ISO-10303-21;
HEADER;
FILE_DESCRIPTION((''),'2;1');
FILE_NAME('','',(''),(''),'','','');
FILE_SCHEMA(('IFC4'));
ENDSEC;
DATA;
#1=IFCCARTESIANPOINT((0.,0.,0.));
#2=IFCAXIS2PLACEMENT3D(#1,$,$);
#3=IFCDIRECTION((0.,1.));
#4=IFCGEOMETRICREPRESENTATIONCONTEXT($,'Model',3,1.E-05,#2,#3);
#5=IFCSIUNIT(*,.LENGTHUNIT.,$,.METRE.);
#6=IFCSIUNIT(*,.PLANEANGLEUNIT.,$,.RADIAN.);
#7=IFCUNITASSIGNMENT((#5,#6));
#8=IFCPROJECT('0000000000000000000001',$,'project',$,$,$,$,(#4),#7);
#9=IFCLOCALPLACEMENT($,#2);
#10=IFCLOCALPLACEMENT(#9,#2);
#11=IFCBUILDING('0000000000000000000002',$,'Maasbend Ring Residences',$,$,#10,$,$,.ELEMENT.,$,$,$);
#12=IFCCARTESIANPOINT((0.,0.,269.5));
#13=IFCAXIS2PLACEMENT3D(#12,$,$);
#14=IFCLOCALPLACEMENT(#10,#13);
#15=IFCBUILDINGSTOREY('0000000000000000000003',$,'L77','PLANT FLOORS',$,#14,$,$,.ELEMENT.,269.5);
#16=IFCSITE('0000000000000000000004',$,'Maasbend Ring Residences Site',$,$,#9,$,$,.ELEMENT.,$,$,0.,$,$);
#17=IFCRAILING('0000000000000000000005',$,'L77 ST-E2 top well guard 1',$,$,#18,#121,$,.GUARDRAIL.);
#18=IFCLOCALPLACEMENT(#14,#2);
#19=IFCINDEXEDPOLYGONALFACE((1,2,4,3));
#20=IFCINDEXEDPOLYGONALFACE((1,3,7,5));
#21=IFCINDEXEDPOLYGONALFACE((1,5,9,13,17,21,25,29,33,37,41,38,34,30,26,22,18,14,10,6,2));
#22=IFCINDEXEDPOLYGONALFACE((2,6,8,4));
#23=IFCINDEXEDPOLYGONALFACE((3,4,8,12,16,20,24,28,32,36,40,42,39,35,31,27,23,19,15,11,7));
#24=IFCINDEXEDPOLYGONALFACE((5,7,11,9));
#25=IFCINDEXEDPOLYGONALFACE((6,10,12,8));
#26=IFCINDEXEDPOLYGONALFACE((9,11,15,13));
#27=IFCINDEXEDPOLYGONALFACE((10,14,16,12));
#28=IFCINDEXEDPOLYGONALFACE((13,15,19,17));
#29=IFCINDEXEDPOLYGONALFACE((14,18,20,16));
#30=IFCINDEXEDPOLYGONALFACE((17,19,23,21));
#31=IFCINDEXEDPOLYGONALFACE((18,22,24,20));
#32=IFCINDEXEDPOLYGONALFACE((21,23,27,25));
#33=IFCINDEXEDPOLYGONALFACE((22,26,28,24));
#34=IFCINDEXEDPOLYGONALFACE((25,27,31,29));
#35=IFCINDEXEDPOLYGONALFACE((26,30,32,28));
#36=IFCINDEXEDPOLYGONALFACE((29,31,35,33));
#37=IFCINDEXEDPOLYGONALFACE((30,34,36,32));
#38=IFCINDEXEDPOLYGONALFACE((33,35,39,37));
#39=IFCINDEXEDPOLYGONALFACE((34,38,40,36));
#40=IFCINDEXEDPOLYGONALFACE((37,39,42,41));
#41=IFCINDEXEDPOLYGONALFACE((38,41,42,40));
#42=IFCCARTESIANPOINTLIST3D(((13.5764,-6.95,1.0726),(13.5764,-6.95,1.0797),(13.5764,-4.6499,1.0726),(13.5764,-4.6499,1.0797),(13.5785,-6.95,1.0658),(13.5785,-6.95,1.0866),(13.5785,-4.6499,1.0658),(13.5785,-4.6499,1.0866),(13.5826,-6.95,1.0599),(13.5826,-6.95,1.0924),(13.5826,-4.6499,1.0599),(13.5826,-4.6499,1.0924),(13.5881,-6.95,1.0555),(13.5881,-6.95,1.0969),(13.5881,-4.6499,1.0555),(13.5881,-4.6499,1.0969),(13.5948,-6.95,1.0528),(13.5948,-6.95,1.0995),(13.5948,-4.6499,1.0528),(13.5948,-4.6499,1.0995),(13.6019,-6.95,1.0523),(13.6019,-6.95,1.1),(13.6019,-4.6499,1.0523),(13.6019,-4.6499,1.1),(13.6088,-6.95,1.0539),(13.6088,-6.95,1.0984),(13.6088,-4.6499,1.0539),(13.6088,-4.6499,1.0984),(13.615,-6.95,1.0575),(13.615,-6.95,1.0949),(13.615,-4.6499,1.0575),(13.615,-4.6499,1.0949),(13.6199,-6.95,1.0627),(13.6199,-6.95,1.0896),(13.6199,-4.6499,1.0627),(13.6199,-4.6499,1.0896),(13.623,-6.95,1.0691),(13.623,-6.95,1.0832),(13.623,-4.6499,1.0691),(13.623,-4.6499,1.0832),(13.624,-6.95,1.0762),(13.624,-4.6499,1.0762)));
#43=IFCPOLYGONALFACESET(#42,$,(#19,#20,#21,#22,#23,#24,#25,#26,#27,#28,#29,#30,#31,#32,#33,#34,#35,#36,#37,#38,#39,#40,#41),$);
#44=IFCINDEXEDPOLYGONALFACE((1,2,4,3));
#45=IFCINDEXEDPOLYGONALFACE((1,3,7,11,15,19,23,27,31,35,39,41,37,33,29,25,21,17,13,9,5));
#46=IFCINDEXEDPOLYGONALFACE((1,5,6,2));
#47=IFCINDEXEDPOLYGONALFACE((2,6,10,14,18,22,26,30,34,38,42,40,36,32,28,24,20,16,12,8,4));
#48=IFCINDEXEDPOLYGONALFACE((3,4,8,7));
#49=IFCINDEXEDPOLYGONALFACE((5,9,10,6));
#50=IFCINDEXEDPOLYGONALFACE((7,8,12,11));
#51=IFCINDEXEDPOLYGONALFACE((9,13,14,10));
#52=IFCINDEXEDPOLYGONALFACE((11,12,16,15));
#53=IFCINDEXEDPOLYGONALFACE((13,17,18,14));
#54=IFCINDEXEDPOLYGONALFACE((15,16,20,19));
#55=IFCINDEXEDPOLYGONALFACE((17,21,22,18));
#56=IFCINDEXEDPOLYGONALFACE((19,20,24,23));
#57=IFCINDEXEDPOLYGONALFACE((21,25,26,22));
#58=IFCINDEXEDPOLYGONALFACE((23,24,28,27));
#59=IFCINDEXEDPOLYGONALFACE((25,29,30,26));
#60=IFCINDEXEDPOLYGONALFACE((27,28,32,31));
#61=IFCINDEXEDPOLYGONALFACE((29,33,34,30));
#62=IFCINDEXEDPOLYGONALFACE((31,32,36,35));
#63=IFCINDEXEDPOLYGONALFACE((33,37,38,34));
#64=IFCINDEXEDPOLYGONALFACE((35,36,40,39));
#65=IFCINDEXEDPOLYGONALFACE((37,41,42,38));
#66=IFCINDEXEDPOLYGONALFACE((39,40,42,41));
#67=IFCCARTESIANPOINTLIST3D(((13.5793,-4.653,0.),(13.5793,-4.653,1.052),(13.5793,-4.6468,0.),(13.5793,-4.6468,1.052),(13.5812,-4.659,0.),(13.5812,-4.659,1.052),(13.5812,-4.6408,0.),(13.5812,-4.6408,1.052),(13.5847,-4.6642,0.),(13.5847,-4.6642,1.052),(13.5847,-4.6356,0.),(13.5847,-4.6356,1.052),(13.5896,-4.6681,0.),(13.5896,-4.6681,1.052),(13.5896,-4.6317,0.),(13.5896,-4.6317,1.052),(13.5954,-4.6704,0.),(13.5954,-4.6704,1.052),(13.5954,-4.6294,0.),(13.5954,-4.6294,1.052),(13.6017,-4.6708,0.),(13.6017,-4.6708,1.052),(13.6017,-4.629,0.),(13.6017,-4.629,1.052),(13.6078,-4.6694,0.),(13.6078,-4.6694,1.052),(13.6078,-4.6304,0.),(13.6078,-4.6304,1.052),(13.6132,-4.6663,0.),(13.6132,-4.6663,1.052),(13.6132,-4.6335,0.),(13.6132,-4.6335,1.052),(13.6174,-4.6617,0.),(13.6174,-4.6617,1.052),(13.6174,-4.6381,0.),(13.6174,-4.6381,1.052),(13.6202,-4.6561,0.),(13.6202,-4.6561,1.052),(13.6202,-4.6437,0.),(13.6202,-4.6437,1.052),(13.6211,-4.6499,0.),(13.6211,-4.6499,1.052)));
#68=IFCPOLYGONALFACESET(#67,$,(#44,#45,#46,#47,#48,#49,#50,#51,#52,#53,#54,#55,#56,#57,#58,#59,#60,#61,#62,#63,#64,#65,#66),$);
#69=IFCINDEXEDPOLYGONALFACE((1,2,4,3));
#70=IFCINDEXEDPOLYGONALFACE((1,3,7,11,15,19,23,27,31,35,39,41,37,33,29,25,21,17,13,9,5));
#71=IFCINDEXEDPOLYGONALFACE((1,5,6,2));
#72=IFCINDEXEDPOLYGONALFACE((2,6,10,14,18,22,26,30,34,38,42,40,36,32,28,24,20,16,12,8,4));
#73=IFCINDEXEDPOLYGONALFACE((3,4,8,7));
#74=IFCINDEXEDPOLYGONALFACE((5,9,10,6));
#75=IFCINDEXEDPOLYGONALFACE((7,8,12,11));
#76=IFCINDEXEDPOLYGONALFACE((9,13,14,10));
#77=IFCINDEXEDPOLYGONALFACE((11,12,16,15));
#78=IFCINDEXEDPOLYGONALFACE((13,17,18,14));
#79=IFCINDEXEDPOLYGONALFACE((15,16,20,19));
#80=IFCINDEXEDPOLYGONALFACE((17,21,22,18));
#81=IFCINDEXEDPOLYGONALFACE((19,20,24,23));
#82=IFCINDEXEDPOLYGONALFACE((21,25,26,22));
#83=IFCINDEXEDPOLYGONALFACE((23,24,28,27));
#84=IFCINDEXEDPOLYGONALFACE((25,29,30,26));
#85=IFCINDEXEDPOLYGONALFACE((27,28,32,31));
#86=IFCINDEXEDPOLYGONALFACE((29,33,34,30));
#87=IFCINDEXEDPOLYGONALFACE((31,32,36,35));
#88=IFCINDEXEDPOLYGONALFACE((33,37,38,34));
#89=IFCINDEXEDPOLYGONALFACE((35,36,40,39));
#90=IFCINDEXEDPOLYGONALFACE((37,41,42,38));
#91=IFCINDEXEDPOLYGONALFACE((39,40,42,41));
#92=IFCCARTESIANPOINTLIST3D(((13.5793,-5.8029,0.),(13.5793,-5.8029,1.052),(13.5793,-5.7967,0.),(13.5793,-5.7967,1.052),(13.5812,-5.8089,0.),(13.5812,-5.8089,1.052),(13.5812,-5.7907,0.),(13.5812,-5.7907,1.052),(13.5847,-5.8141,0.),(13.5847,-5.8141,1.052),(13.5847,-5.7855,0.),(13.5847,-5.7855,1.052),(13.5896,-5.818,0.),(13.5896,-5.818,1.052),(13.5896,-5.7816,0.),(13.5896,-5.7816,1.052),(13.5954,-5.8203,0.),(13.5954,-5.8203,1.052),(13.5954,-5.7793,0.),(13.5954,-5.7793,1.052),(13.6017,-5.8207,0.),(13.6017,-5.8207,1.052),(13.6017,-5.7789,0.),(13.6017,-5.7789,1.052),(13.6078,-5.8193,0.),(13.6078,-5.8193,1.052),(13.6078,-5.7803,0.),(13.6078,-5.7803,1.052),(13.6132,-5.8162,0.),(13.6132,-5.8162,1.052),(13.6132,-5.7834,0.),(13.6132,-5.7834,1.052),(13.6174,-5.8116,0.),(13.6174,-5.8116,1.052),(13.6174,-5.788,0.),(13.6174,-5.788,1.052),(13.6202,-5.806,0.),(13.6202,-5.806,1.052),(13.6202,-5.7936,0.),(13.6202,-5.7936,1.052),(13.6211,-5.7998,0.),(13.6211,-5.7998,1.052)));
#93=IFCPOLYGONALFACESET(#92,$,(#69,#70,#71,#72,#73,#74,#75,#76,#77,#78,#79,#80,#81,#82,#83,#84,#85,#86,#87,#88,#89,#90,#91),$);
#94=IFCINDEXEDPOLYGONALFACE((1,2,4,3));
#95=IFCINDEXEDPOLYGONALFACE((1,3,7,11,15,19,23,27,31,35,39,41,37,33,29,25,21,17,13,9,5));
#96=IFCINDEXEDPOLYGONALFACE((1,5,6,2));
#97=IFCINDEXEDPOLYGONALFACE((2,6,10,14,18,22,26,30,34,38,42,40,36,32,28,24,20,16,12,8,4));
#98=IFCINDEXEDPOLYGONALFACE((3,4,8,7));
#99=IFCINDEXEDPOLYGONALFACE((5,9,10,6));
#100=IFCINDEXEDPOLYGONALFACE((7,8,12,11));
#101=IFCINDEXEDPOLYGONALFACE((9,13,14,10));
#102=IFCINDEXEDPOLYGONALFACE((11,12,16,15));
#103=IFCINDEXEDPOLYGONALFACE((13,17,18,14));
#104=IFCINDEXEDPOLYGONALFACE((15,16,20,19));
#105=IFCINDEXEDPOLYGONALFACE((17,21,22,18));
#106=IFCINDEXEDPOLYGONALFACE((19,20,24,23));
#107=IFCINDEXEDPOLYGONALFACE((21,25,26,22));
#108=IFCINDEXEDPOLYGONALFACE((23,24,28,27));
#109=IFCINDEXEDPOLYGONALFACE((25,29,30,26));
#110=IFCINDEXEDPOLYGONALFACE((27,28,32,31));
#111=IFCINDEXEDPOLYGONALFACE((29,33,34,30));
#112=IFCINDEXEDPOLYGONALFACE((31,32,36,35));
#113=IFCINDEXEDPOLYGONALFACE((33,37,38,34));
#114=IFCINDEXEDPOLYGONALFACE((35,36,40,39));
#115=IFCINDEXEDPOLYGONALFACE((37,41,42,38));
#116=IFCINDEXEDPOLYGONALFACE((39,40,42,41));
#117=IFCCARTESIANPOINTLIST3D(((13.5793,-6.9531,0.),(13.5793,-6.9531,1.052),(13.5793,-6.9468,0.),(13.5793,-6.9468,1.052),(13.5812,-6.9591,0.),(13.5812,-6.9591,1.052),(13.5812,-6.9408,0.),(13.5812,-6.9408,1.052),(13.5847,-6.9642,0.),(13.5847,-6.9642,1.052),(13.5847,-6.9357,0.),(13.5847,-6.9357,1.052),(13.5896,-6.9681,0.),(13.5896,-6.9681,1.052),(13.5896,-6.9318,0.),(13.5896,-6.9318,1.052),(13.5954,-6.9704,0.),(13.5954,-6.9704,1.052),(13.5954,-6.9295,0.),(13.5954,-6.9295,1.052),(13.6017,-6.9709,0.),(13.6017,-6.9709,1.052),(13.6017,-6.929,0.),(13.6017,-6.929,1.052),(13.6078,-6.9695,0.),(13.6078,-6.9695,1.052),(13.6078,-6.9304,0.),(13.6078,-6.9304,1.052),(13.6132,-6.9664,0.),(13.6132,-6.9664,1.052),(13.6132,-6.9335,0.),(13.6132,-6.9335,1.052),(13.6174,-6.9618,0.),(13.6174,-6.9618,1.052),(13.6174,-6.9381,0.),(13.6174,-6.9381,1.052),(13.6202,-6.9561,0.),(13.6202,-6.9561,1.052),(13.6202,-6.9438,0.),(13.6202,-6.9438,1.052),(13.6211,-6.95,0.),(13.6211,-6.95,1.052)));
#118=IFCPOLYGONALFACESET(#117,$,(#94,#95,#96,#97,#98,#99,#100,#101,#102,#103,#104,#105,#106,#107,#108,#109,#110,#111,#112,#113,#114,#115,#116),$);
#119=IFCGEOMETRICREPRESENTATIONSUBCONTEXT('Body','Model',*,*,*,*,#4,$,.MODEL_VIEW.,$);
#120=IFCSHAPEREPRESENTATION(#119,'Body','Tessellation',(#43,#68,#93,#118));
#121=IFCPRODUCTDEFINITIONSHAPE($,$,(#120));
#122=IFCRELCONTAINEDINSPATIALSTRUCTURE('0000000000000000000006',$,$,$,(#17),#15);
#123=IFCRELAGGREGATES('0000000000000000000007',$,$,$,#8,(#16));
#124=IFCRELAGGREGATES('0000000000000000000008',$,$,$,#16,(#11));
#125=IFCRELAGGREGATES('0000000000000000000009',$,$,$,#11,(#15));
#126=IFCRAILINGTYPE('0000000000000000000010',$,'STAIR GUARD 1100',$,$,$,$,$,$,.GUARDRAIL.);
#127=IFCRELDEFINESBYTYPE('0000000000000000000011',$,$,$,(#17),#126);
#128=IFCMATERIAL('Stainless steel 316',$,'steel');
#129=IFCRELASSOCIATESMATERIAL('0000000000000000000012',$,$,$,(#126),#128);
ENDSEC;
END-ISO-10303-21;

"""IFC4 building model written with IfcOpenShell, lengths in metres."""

from ifc_helpers import new_model, si_unit, direction, frame, origin, origin_2d, place, context, subcontext, project, spatial, circle, extrude, material, type_object, element, save


model = new_model("IFC4")

# Units and contexts
model_context = context("Model", 3, precision=1e-05, world=origin(), true_north=direction((0.0, 1.0)))
body_context = subcontext(model_context, "Body", "Model", "MODEL_VIEW")
ifc_project = project(units=[si_unit("LENGTHUNIT", "METRE"), si_unit("PLANEANGLEUNIT", "RADIAN")], contexts=[model_context])

# Site, building, storey
site_placement = place(None, origin())
site = spatial("IfcSite", under=ifc_project, at=site_placement, Name="Maasbend Ring Residences Site", CompositionType="ELEMENT", RefElevation=0.0)
building_placement = place(site_placement, origin())
building = spatial("IfcBuilding", under=site, at=building_placement, Name="Maasbend Ring Residences", CompositionType="ELEMENT")
storey_placement = place(building_placement, frame((0.0, 0.0, 269.5)))
storey = spatial("IfcBuildingStorey", under=building, at=storey_placement, Name="L77", Description="PLANT FLOORS", CompositionType="ELEMENT", Elevation=269.5)

# Railing
ifc_material_1 = material(Name="Stainless steel 316", Category="steel")
railing_type = type_object("IfcRailingType", Name="STAIR GUARD 1100", PredefinedType="GUARDRAIL", material=ifc_material_1)
railing_placement = place(storey_placement, frame((13.6001, -4.6499, 0.0)))
element("IfcRailing", 1, at=railing_placement, inside=storey, type_object=railing_type, Name="L77 ST-E2 top well guard 1", PredefinedType="GUARDRAIL", context=body_context, shape_type="SweptSolid", body=[
    extrude(circle(Radius=0.0239, at=origin_2d()), frame((0.0, 0.0, 1.0762), z_axis=(0.0, -1.0, 0.0), x_axis=(1.0, 0.0, 0.0)), (0.0, 0.0, 1.0), 2.3),
    extrude(circle(Radius=0.021, at=origin_2d()), origin(), (0.0, 0.0, 1.0), 1.052),
    extrude(circle(Radius=0.021, at=origin_2d()), frame((0.0, -1.1499, 0.0)), (0.0, 0.0, 1.0), 1.052),
    extrude(circle(Radius=0.021, at=origin_2d()), frame((0.0, -2.3, 0.0)), (0.0, 0.0, 1.0), 1.052),
])

save(model, "model.ifc")
